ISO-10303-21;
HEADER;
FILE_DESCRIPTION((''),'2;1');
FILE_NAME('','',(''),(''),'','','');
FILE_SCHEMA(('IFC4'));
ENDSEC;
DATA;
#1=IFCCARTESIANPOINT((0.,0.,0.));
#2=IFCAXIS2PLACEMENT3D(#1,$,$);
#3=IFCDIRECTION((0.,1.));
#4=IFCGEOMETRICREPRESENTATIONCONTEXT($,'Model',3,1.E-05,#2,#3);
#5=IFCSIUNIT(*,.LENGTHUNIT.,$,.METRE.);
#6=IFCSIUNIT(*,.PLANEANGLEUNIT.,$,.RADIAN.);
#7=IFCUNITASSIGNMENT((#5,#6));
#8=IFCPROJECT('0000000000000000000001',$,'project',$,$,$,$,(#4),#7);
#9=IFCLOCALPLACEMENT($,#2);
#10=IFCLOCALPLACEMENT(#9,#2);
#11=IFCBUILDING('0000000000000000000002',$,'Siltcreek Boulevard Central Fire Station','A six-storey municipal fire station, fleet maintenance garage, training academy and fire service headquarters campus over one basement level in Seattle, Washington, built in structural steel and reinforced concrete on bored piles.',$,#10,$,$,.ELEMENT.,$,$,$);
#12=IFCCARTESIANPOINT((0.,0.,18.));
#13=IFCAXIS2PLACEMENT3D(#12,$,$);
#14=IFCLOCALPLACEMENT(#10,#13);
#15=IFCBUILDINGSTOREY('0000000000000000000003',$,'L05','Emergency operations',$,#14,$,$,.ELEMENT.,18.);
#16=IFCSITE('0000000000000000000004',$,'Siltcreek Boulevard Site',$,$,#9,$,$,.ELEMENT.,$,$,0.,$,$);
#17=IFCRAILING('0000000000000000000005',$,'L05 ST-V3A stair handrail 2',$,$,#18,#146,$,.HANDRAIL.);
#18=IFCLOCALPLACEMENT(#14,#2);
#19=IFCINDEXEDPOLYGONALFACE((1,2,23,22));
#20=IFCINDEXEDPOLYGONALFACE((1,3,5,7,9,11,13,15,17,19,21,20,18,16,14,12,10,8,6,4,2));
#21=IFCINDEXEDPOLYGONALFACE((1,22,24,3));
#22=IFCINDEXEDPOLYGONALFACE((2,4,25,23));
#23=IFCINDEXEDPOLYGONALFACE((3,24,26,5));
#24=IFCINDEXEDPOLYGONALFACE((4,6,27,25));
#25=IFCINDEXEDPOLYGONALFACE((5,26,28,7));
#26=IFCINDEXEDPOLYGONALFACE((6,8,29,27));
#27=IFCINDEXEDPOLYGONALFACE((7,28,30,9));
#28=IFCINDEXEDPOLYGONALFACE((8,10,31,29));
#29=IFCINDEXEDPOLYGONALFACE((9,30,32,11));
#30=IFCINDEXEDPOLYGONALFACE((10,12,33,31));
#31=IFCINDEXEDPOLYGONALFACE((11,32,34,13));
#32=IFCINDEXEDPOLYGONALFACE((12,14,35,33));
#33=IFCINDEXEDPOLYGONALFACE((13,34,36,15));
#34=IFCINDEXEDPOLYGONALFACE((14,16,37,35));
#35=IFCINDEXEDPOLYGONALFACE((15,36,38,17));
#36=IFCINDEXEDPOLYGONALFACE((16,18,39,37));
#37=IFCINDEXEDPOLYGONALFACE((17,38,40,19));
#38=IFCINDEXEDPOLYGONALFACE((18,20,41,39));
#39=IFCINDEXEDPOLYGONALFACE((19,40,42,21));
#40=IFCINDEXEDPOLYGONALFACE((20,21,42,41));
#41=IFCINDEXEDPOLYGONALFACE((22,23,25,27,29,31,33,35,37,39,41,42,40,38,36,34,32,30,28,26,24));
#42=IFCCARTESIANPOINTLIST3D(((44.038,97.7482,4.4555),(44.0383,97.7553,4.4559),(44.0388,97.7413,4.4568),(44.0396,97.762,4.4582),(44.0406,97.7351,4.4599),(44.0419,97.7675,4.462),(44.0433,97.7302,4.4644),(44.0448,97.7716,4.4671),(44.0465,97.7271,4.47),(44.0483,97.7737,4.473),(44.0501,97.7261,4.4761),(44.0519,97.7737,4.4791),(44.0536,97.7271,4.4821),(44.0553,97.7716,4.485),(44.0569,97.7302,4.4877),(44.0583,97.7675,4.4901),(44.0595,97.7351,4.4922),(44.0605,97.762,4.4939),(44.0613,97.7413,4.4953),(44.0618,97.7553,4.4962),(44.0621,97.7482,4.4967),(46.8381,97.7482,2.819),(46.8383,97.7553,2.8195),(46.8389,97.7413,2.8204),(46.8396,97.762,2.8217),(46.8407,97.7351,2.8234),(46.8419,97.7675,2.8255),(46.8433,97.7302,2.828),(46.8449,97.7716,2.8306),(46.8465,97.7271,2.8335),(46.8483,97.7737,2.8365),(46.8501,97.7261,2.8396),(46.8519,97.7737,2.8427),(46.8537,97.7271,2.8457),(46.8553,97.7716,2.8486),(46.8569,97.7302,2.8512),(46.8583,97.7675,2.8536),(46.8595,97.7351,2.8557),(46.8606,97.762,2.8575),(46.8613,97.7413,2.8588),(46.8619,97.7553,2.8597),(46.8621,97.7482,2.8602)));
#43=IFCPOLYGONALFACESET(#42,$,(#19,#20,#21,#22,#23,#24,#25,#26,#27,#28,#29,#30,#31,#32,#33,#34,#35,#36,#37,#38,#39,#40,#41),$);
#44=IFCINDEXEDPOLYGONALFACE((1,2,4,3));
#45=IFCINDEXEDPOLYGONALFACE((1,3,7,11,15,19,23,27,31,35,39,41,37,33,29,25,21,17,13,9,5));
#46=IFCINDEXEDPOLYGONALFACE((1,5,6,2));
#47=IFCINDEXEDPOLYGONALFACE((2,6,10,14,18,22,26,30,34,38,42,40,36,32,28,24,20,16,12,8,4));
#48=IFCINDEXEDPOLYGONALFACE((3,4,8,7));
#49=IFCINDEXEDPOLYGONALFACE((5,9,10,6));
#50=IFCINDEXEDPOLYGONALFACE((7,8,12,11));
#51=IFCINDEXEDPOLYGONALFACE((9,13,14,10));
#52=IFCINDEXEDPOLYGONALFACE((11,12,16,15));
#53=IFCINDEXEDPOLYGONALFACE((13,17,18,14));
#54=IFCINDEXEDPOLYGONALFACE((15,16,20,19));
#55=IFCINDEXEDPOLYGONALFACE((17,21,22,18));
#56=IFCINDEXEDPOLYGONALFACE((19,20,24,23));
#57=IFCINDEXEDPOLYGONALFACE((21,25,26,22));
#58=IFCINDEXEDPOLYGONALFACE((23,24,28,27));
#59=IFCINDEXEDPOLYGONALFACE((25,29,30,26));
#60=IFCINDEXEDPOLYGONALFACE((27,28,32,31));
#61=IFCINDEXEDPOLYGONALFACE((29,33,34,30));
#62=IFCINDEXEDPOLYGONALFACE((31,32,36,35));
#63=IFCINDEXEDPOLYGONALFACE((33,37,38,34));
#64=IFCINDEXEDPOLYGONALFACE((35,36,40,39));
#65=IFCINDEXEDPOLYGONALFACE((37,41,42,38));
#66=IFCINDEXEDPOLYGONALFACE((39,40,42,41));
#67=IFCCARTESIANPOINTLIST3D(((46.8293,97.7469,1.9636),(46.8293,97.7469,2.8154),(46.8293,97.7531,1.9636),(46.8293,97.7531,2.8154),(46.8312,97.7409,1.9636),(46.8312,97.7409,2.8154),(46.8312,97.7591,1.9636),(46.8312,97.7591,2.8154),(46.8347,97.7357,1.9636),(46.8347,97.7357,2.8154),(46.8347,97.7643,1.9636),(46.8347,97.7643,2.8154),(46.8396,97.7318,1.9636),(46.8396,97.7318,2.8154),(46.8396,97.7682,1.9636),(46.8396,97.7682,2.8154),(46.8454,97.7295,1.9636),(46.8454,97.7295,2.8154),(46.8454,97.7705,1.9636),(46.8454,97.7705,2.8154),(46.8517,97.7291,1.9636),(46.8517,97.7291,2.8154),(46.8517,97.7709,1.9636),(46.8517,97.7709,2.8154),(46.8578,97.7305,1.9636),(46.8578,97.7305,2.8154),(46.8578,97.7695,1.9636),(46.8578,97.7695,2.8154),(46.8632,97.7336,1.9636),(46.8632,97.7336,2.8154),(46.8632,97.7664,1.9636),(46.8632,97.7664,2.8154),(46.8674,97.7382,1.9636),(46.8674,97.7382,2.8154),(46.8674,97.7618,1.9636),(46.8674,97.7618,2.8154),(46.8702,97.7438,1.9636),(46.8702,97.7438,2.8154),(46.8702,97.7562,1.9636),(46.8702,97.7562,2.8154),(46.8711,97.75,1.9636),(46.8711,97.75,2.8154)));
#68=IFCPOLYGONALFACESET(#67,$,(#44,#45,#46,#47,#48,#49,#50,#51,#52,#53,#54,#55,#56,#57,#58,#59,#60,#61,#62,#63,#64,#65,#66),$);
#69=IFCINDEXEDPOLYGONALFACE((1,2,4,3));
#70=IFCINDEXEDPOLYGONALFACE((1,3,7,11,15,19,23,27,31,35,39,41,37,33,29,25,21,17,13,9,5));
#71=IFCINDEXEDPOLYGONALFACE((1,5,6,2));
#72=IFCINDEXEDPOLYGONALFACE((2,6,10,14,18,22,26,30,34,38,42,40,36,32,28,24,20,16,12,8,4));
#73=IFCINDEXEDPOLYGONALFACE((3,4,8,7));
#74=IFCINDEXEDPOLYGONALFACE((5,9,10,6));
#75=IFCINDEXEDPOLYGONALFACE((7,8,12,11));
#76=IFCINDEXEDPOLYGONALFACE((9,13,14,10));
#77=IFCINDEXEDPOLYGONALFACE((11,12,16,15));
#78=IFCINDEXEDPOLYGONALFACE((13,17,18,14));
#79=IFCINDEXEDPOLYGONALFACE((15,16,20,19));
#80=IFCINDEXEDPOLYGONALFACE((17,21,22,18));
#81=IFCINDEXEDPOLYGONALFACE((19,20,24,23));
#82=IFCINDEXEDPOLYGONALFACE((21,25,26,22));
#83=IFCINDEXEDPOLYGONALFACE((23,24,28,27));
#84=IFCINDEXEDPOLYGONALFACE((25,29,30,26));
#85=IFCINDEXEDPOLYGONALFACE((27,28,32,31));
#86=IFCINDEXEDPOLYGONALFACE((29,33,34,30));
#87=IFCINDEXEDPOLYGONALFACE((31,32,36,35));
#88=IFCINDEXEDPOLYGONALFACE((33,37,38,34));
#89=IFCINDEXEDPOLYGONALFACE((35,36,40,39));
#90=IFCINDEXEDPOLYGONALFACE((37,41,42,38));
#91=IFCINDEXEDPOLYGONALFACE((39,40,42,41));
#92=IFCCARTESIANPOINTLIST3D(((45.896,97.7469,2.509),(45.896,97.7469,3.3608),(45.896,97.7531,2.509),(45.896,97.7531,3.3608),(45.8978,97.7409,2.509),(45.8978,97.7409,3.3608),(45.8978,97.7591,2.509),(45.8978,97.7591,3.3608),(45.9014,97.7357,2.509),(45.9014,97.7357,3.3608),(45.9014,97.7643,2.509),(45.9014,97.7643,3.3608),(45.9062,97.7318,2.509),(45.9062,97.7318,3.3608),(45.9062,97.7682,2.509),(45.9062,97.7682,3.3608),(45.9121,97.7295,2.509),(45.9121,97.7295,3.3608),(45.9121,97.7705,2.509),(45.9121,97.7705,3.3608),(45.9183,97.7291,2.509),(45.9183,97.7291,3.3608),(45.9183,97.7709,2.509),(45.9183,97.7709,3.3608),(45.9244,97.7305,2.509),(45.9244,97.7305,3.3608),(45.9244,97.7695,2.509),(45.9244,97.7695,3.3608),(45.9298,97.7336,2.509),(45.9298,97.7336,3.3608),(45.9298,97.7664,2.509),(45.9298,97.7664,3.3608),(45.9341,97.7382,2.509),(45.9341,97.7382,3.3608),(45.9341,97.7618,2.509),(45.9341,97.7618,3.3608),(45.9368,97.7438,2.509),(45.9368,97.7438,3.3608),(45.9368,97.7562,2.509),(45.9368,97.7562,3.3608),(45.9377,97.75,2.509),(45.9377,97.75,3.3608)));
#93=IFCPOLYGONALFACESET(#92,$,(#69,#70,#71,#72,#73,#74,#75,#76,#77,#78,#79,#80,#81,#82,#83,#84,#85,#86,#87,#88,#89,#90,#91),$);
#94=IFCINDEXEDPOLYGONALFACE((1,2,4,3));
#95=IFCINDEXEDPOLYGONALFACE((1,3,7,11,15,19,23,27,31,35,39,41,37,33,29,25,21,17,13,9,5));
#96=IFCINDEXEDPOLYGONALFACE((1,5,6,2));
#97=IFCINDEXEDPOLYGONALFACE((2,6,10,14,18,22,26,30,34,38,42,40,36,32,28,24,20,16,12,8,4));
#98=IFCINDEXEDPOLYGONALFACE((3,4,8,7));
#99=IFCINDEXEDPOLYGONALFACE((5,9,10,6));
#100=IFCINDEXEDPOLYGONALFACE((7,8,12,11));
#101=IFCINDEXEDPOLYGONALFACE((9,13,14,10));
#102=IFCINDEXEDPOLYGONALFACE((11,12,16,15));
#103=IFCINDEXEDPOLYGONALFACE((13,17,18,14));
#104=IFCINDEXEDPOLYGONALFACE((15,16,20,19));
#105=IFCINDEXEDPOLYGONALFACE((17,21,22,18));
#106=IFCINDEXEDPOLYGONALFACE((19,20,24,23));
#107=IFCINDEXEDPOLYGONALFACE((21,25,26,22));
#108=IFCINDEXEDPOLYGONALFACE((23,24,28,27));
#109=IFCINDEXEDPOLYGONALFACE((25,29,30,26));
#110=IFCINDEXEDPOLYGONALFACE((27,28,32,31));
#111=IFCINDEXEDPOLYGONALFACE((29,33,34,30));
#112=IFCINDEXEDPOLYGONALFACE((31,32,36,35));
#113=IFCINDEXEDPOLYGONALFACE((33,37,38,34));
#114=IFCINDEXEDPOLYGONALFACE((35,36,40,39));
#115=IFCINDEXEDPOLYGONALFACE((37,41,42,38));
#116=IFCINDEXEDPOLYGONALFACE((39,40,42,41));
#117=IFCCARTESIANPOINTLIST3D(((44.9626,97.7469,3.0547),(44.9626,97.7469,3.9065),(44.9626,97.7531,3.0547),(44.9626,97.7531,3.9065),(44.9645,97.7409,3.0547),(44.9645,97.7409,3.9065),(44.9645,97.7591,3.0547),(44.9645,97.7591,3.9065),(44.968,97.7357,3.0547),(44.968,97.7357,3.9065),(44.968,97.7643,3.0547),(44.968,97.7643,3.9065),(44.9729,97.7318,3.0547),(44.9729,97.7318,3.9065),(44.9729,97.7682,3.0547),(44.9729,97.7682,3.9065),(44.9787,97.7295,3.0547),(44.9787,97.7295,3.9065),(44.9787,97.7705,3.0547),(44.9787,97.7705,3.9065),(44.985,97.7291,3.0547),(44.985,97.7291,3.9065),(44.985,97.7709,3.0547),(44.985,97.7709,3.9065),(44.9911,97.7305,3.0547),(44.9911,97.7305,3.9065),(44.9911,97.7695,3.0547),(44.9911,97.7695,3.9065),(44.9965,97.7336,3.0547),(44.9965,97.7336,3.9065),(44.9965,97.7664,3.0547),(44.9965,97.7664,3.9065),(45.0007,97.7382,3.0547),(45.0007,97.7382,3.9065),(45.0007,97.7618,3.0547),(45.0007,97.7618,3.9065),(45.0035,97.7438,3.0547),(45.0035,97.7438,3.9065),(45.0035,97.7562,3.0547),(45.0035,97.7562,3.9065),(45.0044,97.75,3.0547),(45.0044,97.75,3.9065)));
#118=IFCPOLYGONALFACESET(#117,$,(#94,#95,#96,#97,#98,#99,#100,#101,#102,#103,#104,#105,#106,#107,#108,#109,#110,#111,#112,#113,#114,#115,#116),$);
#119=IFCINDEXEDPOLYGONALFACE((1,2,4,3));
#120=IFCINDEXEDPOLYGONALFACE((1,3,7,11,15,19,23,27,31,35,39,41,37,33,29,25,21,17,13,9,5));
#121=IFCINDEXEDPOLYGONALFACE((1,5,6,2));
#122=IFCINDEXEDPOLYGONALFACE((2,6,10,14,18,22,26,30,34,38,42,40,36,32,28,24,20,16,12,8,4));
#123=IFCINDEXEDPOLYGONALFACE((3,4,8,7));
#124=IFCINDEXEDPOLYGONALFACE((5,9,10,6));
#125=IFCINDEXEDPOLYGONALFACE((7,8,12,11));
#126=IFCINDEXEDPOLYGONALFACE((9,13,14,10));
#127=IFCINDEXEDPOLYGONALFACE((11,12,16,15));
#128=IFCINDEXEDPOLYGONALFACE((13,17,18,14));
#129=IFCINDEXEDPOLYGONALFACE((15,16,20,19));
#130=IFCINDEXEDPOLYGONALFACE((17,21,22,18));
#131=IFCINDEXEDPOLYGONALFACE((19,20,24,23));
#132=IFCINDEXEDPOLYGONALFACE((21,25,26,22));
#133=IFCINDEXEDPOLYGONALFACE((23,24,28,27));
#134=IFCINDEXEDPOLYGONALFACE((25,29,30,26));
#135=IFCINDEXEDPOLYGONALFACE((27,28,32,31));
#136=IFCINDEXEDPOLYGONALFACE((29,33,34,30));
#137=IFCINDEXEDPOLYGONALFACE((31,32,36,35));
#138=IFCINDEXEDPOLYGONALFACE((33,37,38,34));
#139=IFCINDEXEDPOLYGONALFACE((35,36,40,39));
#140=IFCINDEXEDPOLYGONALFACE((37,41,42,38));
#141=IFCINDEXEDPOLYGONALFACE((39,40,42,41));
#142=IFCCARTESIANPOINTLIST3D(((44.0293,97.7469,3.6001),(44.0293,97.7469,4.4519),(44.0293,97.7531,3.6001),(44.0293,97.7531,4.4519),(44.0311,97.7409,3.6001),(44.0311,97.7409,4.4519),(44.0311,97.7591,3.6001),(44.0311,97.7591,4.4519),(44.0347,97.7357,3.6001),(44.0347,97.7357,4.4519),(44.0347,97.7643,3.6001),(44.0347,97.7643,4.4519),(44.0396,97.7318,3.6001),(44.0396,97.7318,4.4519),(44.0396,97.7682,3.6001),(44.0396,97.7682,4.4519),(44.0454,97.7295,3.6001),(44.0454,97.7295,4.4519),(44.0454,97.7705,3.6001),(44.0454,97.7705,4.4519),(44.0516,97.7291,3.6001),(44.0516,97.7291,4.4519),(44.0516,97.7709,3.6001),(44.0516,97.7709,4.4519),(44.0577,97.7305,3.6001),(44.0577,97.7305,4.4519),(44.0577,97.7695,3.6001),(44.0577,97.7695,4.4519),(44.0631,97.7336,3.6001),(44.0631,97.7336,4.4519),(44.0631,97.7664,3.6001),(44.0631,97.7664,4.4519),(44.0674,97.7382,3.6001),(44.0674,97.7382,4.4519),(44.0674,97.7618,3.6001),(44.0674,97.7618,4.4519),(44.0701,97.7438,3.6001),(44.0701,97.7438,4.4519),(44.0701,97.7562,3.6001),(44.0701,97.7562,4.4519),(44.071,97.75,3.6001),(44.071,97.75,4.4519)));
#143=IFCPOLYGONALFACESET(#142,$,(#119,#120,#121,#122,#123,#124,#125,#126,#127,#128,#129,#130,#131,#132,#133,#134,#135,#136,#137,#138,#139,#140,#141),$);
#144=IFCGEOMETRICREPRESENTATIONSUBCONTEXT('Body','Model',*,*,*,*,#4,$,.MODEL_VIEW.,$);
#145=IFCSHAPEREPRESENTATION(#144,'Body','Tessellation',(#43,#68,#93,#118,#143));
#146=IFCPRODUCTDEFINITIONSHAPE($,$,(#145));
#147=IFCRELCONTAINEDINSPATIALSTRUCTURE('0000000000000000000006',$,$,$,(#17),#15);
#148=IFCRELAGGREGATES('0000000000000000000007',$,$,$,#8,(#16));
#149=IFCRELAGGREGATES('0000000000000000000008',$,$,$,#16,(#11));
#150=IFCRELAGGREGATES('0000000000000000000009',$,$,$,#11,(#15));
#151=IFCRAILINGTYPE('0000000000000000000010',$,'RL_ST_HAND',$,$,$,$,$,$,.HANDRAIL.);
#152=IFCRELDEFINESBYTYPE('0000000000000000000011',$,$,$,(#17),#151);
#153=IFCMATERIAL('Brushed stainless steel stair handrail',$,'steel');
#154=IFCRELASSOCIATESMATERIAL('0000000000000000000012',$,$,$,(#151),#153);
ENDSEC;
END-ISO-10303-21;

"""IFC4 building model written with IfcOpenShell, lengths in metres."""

from ifc_helpers import new_model, si_unit, direction, frame, origin, origin_2d, place, context, subcontext, project, spatial, circle, extrude, material, type_object, element, save


model = new_model("IFC4")

# Units and contexts
model_context = context("Model", 3, precision=1e-05, world=origin(), true_north=direction((0.0, 1.0)))
body_context = subcontext(model_context, "Body", "Model", "MODEL_VIEW")
ifc_project = project(units=[si_unit("LENGTHUNIT", "METRE"), si_unit("PLANEANGLEUNIT", "RADIAN")], contexts=[model_context])

# Site, building, storey
site_placement = place(None, origin())
site = spatial("IfcSite", under=ifc_project, at=site_placement, Name="Siltcreek Boulevard Site", CompositionType="ELEMENT", RefElevation=0.0)
building_placement = place(site_placement, origin())
building = spatial("IfcBuilding", under=site, at=building_placement, Name="Siltcreek Boulevard Central Fire Station", Description="A six-storey municipal fire station, fleet maintenance garage, training academy and fire service headquarters campus over one basement level in Seattle, Washington, built in structural steel and reinforced concrete on bored piles.", CompositionType="ELEMENT")
storey_placement = place(building_placement, frame((0.0, 0.0, 18.0)))
storey = spatial("IfcBuildingStorey", under=building, at=storey_placement, Name="L05", Description="Emergency operations", CompositionType="ELEMENT", Elevation=18.0)

# Railing
ifc_material_1 = material(Name="Brushed stainless steel stair handrail", Category="steel")
railing_type_1 = type_object("IfcRailingType", Name="RL_ST_HAND", PredefinedType="HANDRAIL", material=ifc_material_1)
railing_1_placement = place(storey_placement, frame((46.8501, 97.75, 1.9636)))
element("IfcRailing", 1, at=railing_1_placement, inside=storey, type_object=railing_type_1, Name="L05 ST-V3A stair handrail 2", PredefinedType="HANDRAIL", context=body_context, shape_type="SweptSolid", body=[
    extrude(circle(Radius=0.0239, at=origin_2d()), frame((0.0, 0.0, 0.876), z_axis=(-0.863361, 0.0, 0.504587), x_axis=(0.0, -1.0, 0.0)), (0.0, 0.0, 1.0), 3.2432),
    extrude(circle(Radius=0.021, at=origin_2d()), origin(), (0.0, 0.0, 1.0), 0.8518),
    extrude(circle(Radius=0.021, at=origin_2d()), frame((-0.9333, 0.0, 0.5454)), (0.0, 0.0, 1.0), 0.8518),
    extrude(circle(Radius=0.021, at=origin_2d()), frame((-1.8667, 0.0, 1.0911)), (0.0, 0.0, 1.0), 0.8518),
    extrude(circle(Radius=0.021, at=origin_2d()), frame((-2.8, 0.0, 1.6365)), (0.0, 0.0, 1.0), 0.8518),
])

save(model, "model.ifc")
